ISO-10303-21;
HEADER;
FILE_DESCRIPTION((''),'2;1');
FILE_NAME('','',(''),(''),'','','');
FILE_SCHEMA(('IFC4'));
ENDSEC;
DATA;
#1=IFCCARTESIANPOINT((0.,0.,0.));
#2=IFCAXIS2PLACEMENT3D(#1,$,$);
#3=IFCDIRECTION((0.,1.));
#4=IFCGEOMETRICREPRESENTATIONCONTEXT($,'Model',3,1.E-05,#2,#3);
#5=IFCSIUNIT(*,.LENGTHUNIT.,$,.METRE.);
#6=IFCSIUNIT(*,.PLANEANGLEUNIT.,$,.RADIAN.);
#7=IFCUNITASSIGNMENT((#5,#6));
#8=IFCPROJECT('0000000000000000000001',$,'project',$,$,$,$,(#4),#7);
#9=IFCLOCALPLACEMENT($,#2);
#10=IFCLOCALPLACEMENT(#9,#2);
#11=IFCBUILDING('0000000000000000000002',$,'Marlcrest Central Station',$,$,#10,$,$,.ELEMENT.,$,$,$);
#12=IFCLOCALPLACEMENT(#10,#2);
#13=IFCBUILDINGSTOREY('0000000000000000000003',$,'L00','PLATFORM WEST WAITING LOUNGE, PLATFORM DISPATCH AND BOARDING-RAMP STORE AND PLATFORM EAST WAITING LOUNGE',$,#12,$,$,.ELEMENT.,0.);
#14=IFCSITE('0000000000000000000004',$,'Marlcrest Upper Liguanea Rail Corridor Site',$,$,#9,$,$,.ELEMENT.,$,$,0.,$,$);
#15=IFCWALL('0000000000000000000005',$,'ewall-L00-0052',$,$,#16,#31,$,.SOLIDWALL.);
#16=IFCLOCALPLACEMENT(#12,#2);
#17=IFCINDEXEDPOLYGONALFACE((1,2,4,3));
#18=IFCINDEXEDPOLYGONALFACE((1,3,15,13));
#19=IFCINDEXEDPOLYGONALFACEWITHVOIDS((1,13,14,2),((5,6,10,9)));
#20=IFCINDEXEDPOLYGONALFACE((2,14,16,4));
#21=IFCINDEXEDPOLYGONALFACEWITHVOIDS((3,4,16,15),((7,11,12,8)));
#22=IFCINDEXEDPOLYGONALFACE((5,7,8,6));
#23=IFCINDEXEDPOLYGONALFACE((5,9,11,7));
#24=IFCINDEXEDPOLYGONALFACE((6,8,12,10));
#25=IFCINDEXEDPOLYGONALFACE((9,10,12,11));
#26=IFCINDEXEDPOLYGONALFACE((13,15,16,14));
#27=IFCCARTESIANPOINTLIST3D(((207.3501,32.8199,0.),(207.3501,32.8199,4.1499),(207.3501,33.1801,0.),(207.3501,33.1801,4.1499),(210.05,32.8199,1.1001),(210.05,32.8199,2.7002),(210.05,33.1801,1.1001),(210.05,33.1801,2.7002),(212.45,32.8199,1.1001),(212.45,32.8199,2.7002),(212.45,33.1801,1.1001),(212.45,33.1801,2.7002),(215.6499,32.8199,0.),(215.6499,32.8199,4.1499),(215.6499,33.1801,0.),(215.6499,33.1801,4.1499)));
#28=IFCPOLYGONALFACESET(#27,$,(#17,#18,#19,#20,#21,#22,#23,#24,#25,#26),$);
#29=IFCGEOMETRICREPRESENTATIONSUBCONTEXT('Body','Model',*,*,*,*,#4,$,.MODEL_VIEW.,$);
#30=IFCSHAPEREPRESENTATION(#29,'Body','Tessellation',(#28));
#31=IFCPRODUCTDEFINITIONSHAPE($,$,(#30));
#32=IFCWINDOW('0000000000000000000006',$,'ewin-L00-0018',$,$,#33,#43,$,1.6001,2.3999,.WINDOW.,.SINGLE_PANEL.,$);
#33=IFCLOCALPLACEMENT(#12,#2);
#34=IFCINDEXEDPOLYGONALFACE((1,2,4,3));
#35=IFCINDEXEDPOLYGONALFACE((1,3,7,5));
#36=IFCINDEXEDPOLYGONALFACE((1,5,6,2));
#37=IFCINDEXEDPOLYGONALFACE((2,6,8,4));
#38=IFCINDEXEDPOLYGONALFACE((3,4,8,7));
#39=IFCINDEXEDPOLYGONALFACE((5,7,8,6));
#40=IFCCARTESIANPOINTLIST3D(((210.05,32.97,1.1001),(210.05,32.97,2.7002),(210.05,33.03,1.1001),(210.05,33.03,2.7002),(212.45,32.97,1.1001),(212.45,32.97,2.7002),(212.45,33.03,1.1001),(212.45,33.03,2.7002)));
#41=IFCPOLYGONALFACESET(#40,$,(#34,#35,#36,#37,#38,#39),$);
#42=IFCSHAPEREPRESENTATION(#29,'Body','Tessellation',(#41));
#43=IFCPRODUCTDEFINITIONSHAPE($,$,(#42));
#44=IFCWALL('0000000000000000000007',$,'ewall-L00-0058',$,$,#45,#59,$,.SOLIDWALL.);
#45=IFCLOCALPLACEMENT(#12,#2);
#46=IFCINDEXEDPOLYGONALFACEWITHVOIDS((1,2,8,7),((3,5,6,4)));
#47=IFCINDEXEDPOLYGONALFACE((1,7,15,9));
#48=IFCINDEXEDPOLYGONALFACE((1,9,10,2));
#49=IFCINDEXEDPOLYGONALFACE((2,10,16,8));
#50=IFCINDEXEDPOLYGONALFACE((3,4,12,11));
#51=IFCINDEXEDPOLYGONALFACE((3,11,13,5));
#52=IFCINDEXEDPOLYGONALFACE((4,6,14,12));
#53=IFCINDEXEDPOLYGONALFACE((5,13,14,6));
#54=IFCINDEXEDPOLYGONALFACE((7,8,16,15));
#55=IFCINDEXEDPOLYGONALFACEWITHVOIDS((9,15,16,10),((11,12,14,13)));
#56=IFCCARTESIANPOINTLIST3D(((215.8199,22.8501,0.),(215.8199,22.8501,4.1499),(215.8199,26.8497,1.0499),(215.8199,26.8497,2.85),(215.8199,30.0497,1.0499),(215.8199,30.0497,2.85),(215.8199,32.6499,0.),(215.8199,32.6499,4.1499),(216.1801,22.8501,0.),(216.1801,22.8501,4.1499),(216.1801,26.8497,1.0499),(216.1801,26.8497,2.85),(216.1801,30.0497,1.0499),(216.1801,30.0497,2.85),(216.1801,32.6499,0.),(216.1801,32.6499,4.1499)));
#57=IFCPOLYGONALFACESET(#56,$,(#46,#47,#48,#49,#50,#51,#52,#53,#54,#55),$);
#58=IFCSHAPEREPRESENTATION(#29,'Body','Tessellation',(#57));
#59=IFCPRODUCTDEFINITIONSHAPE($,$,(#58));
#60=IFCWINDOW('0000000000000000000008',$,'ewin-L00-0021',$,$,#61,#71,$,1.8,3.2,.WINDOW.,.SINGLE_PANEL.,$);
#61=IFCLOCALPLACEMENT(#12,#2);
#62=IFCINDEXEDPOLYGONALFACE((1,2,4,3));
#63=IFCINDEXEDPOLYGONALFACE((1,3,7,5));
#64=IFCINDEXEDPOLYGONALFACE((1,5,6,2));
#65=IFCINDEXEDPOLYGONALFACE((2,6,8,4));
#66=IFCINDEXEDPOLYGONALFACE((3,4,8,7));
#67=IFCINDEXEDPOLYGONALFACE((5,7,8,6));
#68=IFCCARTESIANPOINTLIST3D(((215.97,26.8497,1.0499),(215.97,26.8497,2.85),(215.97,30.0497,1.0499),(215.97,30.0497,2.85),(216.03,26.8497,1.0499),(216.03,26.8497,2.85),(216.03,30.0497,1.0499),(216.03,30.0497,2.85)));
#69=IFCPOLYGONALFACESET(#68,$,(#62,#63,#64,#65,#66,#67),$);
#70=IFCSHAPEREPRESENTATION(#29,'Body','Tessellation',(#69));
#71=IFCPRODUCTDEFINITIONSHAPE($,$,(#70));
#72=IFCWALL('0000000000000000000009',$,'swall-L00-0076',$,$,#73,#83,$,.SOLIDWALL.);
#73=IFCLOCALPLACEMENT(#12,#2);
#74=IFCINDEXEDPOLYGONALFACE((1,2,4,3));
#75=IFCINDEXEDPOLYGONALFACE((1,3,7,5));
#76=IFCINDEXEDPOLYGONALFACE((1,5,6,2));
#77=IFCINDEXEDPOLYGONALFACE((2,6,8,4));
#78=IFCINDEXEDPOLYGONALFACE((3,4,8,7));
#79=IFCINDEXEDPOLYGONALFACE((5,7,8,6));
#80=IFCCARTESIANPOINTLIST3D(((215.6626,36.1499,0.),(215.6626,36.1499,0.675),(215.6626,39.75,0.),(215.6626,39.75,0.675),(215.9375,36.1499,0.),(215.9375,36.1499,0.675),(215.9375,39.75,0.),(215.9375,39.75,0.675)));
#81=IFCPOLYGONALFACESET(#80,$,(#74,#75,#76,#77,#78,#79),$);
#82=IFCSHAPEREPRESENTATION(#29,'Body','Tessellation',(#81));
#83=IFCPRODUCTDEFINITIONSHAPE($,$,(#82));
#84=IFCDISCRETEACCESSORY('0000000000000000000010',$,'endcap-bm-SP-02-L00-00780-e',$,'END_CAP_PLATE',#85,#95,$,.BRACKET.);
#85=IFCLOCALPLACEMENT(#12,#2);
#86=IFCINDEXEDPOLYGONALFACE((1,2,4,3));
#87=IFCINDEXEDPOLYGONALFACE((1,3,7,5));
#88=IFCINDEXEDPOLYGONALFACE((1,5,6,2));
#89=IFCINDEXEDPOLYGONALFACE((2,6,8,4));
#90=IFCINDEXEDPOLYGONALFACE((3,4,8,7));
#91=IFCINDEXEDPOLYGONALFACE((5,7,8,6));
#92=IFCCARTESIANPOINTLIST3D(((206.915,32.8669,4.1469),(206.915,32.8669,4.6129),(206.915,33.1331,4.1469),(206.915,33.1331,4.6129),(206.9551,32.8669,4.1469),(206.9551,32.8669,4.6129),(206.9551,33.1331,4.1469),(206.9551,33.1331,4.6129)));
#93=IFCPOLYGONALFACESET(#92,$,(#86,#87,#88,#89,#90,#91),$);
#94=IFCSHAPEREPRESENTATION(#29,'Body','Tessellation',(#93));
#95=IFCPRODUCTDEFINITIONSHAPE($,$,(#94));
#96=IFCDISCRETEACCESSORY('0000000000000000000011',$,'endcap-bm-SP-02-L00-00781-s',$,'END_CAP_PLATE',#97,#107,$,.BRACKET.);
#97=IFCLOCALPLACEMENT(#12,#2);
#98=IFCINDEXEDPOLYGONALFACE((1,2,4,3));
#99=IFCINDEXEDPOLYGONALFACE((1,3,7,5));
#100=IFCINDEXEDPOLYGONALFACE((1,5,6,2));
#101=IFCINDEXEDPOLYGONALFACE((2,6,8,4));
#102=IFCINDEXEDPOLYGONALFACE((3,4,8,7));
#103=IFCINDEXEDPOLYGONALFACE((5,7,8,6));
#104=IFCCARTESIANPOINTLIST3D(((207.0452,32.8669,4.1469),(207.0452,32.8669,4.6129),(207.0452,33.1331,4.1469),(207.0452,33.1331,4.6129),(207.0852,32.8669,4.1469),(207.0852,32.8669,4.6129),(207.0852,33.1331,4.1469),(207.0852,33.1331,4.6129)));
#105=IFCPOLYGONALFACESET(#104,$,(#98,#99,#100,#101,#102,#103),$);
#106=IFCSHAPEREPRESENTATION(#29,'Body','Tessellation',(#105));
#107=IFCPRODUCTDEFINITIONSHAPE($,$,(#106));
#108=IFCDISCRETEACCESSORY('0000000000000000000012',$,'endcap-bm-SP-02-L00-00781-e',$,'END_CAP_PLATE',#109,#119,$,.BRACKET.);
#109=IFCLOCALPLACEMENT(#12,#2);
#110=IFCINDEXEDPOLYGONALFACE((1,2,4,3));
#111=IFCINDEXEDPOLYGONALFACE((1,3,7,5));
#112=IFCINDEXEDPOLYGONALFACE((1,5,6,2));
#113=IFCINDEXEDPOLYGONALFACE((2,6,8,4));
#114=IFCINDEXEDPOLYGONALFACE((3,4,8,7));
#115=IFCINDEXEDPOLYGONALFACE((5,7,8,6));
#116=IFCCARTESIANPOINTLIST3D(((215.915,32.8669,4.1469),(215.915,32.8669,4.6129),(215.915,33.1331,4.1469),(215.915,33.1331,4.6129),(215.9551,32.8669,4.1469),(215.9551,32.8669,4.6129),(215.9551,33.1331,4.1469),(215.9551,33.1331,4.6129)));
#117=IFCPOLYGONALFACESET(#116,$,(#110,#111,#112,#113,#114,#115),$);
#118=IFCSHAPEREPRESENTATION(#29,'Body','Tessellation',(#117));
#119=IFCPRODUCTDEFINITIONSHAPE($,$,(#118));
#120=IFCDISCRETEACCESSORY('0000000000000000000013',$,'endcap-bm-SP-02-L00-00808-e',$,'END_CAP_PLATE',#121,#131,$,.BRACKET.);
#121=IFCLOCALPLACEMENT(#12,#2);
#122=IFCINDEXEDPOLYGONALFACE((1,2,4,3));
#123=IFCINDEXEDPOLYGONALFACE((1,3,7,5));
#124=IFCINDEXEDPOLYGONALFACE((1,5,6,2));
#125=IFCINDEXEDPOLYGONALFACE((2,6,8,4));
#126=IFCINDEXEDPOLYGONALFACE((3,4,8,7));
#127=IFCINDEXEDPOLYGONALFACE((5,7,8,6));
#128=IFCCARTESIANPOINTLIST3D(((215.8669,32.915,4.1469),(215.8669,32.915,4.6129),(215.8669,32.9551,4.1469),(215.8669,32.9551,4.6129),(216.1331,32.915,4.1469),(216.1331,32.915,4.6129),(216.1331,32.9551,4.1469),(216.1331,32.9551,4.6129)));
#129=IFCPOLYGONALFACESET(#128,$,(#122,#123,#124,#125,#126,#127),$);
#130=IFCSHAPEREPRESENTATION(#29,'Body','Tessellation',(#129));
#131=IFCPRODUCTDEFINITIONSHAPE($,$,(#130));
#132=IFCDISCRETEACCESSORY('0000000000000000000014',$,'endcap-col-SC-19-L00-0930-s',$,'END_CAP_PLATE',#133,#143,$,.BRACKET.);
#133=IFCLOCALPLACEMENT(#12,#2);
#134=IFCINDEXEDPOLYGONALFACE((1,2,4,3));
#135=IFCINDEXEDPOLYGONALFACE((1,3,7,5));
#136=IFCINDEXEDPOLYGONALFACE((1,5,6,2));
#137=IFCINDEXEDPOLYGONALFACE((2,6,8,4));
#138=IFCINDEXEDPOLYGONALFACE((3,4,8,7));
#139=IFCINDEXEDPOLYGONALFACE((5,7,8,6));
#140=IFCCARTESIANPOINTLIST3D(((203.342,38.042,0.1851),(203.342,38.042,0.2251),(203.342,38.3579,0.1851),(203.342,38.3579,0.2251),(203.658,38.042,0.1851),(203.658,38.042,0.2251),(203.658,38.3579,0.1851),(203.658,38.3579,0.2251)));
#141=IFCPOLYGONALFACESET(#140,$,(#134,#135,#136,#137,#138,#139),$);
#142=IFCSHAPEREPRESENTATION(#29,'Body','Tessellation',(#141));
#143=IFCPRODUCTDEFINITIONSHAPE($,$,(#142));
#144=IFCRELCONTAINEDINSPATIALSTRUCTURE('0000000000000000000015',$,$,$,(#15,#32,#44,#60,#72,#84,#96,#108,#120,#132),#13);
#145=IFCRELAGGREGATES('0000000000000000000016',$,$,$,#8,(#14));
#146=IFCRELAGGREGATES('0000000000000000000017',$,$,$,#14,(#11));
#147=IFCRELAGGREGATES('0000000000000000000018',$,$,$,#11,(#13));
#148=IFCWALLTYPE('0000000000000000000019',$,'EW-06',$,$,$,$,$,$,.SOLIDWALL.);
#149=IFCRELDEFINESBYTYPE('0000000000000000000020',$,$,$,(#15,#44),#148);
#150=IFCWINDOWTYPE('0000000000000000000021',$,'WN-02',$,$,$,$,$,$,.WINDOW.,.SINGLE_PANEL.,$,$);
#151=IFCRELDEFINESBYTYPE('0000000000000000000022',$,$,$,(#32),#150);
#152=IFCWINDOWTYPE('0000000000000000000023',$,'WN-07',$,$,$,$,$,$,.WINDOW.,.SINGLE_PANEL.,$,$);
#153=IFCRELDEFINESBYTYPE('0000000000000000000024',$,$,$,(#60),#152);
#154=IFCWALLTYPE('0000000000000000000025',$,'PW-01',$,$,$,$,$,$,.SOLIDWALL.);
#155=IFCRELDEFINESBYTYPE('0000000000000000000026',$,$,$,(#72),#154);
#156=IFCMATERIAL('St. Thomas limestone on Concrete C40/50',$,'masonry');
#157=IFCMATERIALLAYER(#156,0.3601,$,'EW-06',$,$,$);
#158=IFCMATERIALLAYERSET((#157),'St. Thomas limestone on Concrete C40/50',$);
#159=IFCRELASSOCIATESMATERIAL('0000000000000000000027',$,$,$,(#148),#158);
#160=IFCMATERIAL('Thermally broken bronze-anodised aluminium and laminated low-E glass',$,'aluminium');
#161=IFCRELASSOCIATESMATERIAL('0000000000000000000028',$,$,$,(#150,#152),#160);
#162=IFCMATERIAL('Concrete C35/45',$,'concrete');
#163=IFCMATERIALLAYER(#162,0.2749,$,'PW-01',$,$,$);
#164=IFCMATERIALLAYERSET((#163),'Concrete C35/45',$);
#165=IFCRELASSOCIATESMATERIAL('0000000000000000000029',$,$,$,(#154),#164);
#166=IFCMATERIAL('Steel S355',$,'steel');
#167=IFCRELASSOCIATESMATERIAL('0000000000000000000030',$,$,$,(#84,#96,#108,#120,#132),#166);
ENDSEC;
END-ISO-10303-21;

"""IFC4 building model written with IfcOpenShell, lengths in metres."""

from ifc_helpers import new_model, si_unit, direction, frame, frame_2d, origin, origin_2d, place, context, subcontext, project, spatial, rectangle, extrude, material, layer, layer_set, type_object, element, fill, save


model = new_model("IFC4")

# Units and contexts
model_context = context("Model", 3, precision=1e-05, world=origin(), true_north=direction((0.0, 1.0)))
body_context = subcontext(model_context, "Body", "Model", "MODEL_VIEW")
ifc_project = project(units=[si_unit("LENGTHUNIT", "METRE"), si_unit("PLANEANGLEUNIT", "RADIAN")], contexts=[model_context])

# Site, building, storey
site_placement = place(None, origin())
site = spatial("IfcSite", under=ifc_project, at=site_placement, Name="Marlcrest Upper Liguanea Rail Corridor Site", CompositionType="ELEMENT", RefElevation=0.0)
building_placement = place(site_placement, origin())
building = spatial("IfcBuilding", under=site, at=building_placement, Name="Marlcrest Central Station", CompositionType="ELEMENT")
storey_placement = place(building_placement, origin())
storey = spatial("IfcBuildingStorey", under=building, at=storey_placement, Name="L00", Description="PLATFORM WEST WAITING LOUNGE, PLATFORM DISPATCH AND BOARDING-RAMP STORE AND PLATFORM EAST WAITING LOUNGE", CompositionType="ELEMENT", Elevation=0.0)

# Shared definitions
ifc_material_1 = material(Name="Concrete C35/45", Category="concrete")

# Shared definitions
ifc_material_2 = material(Name="Steel S355", Category="steel")

# Walls, openings, windows
ifc_material_3 = material(Name="St. Thomas limestone on Concrete C40/50", Category="masonry")
ifc_layer_1 = layer(ifc_material_3, 0.3601, Name="EW-06")
ifc_layer_set_1 = layer_set([ifc_layer_1], Name="St. Thomas limestone on Concrete C40/50")
wall_type_1 = type_object("IfcWallType", Name="EW-06", PredefinedType="SOLIDWALL", material=ifc_layer_set_1)
wall_1_placement = place(storey_placement, frame((207.3501, 33.0, 0.0), z_axis=(0.0, 0.0, 1.0), x_axis=(1.0, 0.0, 0.0)))
wall_1 = element("IfcWall", 1, at=wall_1_placement, inside=storey, type_object=wall_type_1, Name="ewall-L00-0052", PredefinedType="SOLIDWALL", context=body_context, shape_type="SweptSolid", body=[
    extrude(rectangle(XDim=8.2998, YDim=0.3601, at=frame_2d((4.1499, 0.0))), origin(), (0.0, 0.0, 1.0), 4.1499),
])
opening_1_placement = place(wall_1_placement, frame((2.7, 0.0, 1.1001)))
opening_1 = element("IfcOpeningElement", 2, at=opening_1_placement, cuts=wall_1, PredefinedType="OPENING", context=body_context, shape_type="SweptSolid", body=[
    extrude(rectangle(XDim=2.3999, YDim=1.6001, at=frame_2d((1.2, 0.8))), frame((0.0, 0.1899, 0.0), z_axis=(0.0, -1.0, 0.0), x_axis=(1.0, 0.0, 0.0)), (0.0, 0.0, 1.0), 0.3801),
])
ifc_material_4 = material(Name="Thermally broken bronze-anodised aluminium and laminated low-E glass", Category="aluminium")
window_type_1 = type_object("IfcWindowType", Name="WN-02", PartitioningType="SINGLE_PANEL", PredefinedType="WINDOW", material=ifc_material_4)
window_1_placement = place(opening_1_placement, origin())
window_1 = element("IfcWindow", 3, at=window_1_placement, inside=storey, type_object=window_type_1, Name="ewin-L00-0018", OverallHeight=1.6001, OverallWidth=2.3999, PartitioningType="SINGLE_PANEL", PredefinedType="WINDOW", context=body_context, shape_type="SweptSolid", body=[
    extrude(rectangle(XDim=2.3999, YDim=1.6001, at=frame_2d((1.2, 0.8))), frame((0.0, 0.03, 0.0), z_axis=(0.0, -1.0, 0.0), x_axis=(1.0, 0.0, 0.0)), (0.0, 0.0, 1.0), 0.0601),
])
fill(opening_1, window_1)
wall_2_placement = place(storey_placement, frame((216.0, 32.6499, 0.0), z_axis=(0.0, 0.0, 1.0), x_axis=(0.0, -1.0, 0.0)))
wall_2 = element("IfcWall", 4, at=wall_2_placement, inside=storey, type_object=wall_type_1, Name="ewall-L00-0058", PredefinedType="SOLIDWALL", context=body_context, shape_type="SweptSolid", body=[
    extrude(rectangle(XDim=9.7998, YDim=0.3601, at=frame_2d((4.8999, 0.0))), origin(), (0.0, 0.0, 1.0), 4.1499),
])
opening_2_placement = place(wall_2_placement, frame((2.6001, 0.0, 1.05)))
opening_2 = element("IfcOpeningElement", 5, at=opening_2_placement, cuts=wall_2, PredefinedType="OPENING", context=body_context, shape_type="SweptSolid", body=[
    extrude(rectangle(XDim=3.2, YDim=1.8, at=frame_2d((1.6001, 0.8999))), frame((0.0, 0.1899, 0.0), z_axis=(0.0, -1.0, 0.0), x_axis=(1.0, 0.0, 0.0)), (0.0, 0.0, 1.0), 0.3801),
])
window_type_2 = type_object("IfcWindowType", Name="WN-07", PartitioningType="SINGLE_PANEL", PredefinedType="WINDOW", material=ifc_material_4)
window_2_placement = place(opening_2_placement, origin())
window_2 = element("IfcWindow", 6, at=window_2_placement, inside=storey, type_object=window_type_2, Name="ewin-L00-0021", OverallHeight=1.8, OverallWidth=3.2, PartitioningType="SINGLE_PANEL", PredefinedType="WINDOW", context=body_context, shape_type="SweptSolid", body=[
    extrude(rectangle(XDim=3.2, YDim=1.8, at=frame_2d((1.6001, 0.8999))), frame((0.0, 0.03, 0.0), z_axis=(0.0, -1.0, 0.0), x_axis=(1.0, 0.0, 0.0)), (0.0, 0.0, 1.0), 0.0601),
])
fill(opening_2, window_2)

# Wall
ifc_layer_2 = layer(ifc_material_1, 0.2749, Name="PW-01")
ifc_layer_set_2 = layer_set([ifc_layer_2], Name="Concrete C35/45")
wall_type_2 = type_object("IfcWallType", Name="PW-01", PredefinedType="SOLIDWALL", material=ifc_layer_set_2)
wall_3_placement = place(storey_placement, frame((215.8, 36.1499, 0.0), z_axis=(0.0, 0.0, 1.0), x_axis=(0.0, 1.0, 0.0)))
element("IfcWall", 7, at=wall_3_placement, inside=storey, type_object=wall_type_2, Name="swall-L00-0076", PredefinedType="SOLIDWALL", context=body_context, shape_type="SweptSolid", body=[
    extrude(rectangle(XDim=3.6001, YDim=0.2749, at=frame_2d((1.8, 0.0))), origin(), (0.0, 0.0, 1.0), 0.675),
])

# Discrete accessories
for number, where, z_axis, x_axis, name in (
    (8, (206.915, 33.0, 4.3799), (1.0, 0.0, 0.0), (0.0, 1.0, 0.0), "endcap-bm-SP-02-L00-00780-e"),
    (9, (207.0452, 33.0, 4.3799), (1.0, 0.0, 0.0), (0.0, 1.0, 0.0), "endcap-bm-SP-02-L00-00781-s"),
    (10, (215.915, 33.0, 4.3799), (1.0, 0.0, 0.0), (0.0, 1.0, 0.0), "endcap-bm-SP-02-L00-00781-e"),
    (11, (216.0, 32.915, 4.3799), (0.0, 1.0, 0.0), (-1.0, 0.0, 0.0), "endcap-bm-SP-02-L00-00808-e"),
):
    element("IfcDiscreteAccessory", number, at=place(storey_placement, frame(where, z_axis=z_axis, x_axis=x_axis)), inside=storey, material=ifc_material_2, Name=name, ObjectType="END_CAP_PLATE", PredefinedType="BRACKET", context=body_context, shape_type="SweptSolid", body=[
        extrude(rectangle(XDim=0.2661, YDim=0.4661, at=origin_2d()), origin(), (0.0, 0.0, 1.0), 0.04),
    ])
discrete_accessory_placement = place(storey_placement, frame((203.5, 38.2, 0.1851), z_axis=(0.0, 0.0, 1.0), x_axis=(1.0, 0.0, 0.0)))
element("IfcDiscreteAccessory", 12, at=discrete_accessory_placement, inside=storey, material=ifc_material_2, Name="endcap-col-SC-19-L00-0930-s", ObjectType="END_CAP_PLATE", PredefinedType="BRACKET", context=body_context, shape_type="SweptSolid", body=[
    extrude(rectangle(XDim=0.3159, YDim=0.3159, at=origin_2d()), origin(), (0.0, 0.0, 1.0), 0.04),
])

save(model, "model.ifc")
